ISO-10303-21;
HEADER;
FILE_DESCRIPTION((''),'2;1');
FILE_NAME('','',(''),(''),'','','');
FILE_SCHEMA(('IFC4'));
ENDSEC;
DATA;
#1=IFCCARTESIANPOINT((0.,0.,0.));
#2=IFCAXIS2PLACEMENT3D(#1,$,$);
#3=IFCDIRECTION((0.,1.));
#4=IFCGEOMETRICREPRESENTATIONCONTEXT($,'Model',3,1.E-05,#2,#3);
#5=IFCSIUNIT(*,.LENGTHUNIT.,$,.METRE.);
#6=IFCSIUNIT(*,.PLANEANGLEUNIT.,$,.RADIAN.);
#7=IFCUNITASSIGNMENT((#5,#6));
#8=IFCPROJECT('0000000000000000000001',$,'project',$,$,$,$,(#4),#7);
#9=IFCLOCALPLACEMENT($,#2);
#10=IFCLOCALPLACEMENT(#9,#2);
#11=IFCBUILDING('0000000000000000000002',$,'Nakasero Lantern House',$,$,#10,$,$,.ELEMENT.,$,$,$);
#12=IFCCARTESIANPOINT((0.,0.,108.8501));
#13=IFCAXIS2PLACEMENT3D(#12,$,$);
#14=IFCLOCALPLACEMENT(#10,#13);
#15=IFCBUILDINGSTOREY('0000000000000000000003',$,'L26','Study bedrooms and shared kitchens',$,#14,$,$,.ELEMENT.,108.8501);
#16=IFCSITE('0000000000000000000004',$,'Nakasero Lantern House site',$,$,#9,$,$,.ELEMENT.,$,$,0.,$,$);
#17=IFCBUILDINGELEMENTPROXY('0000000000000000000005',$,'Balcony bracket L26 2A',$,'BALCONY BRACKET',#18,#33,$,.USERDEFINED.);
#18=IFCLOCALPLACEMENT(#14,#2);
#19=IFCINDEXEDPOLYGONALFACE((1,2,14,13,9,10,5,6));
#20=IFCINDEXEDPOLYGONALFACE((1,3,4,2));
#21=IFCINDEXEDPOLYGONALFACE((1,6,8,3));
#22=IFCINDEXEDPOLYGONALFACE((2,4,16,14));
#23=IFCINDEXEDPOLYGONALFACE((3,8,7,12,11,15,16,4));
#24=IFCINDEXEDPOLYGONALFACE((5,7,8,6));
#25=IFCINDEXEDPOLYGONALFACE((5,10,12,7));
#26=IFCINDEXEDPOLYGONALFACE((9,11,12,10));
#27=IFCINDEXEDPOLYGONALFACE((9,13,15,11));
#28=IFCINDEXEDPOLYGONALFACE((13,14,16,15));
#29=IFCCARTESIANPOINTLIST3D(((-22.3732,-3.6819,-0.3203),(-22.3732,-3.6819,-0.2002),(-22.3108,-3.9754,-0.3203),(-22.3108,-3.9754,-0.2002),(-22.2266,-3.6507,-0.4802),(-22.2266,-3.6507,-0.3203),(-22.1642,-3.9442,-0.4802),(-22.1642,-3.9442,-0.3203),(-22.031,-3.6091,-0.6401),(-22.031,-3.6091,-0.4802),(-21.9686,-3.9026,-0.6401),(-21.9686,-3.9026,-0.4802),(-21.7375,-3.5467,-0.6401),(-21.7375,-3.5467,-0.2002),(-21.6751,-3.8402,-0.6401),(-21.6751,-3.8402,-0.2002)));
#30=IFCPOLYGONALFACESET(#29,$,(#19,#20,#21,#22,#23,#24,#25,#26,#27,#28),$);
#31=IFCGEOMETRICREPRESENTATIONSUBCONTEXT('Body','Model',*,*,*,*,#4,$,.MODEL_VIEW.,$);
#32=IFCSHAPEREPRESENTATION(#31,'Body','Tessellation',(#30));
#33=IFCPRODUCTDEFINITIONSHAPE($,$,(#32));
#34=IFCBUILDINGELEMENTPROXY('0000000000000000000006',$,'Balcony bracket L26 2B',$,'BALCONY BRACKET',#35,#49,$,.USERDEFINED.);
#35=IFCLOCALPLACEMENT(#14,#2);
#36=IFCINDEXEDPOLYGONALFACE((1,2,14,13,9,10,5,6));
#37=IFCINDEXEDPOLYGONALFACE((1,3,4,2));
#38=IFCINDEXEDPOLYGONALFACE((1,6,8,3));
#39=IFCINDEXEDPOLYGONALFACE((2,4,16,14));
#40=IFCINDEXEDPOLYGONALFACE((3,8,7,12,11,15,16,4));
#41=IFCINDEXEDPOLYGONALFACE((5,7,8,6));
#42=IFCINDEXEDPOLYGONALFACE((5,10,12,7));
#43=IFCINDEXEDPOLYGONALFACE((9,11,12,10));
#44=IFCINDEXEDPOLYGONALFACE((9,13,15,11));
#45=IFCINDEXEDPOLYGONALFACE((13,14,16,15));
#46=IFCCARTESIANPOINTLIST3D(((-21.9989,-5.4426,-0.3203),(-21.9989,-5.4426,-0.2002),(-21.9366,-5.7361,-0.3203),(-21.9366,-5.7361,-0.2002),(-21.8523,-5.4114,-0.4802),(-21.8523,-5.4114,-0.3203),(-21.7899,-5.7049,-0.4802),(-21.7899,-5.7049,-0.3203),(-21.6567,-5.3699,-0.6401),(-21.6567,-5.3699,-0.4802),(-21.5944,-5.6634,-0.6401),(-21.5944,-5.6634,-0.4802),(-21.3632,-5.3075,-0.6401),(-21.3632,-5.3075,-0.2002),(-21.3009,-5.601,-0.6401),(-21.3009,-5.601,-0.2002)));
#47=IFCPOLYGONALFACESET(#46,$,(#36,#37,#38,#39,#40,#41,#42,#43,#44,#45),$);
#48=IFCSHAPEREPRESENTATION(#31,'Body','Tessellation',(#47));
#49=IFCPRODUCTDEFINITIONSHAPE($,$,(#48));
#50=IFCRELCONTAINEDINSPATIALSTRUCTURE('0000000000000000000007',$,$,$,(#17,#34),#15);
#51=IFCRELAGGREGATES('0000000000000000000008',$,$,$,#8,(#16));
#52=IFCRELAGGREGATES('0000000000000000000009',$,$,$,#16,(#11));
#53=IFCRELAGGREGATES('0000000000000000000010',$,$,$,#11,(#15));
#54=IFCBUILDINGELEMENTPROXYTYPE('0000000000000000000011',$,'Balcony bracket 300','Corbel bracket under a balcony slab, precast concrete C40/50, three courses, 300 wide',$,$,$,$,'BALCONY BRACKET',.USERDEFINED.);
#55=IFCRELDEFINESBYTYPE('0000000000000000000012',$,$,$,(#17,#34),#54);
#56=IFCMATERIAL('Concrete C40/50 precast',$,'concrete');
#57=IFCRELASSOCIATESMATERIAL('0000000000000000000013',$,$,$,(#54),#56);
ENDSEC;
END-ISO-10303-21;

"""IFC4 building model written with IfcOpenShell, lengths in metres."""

from ifc_helpers import new_model, si_unit, direction, frame, origin, place, context, subcontext, project, spatial, polyline, outline, extrude, material, type_object, element, save


model = new_model("IFC4")

# Units and contexts
model_context = context("Model", 3, precision=1e-05, world=origin(), true_north=direction((0.0, 1.0)))
body_context = subcontext(model_context, "Body", "Model", "MODEL_VIEW")
ifc_project = project(units=[si_unit("LENGTHUNIT", "METRE"), si_unit("PLANEANGLEUNIT", "RADIAN")], contexts=[model_context])

# Site, building, storey
site_placement = place(None, origin())
site = spatial("IfcSite", under=ifc_project, at=site_placement, Name="Nakasero Lantern House site", CompositionType="ELEMENT", RefElevation=0.0)
building_placement = place(site_placement, origin())
building = spatial("IfcBuilding", under=site, at=building_placement, Name="Nakasero Lantern House", CompositionType="ELEMENT")
storey_placement = place(building_placement, frame((0.0, 0.0, 108.8501)))
storey = spatial("IfcBuildingStorey", under=building, at=storey_placement, Name="L26", Description="Study bedrooms and shared kitchens", CompositionType="ELEMENT", Elevation=108.8501)

# Building element proxies
ifc_material_1 = material(Name="Concrete C40/50 precast", Category="concrete")
building_element_proxy_type = type_object("IfcBuildingElementProxyType", Name="Balcony bracket 300", Description="Corbel bracket under a balcony slab, precast concrete C40/50, three courses, 300 wide", ElementType="BALCONY BRACKET", PredefinedType="USERDEFINED", material=ifc_material_1)
for number, where, z_axis, x_axis, name in (
    (1, (-21.7063, -3.6936, -0.2002), (0.0, 0.0, 1.0), (-0.978148, -0.207912, 0.0), "Balcony bracket L26 2A"),
    (2, (-21.332, -5.4543, -0.2002), (0.0, 0.0, 1.0), (-0.978148, -0.207912, 0.0), "Balcony bracket L26 2B"),
):
    element("IfcBuildingElementProxy", number, at=place(storey_placement, frame(where, z_axis=z_axis, x_axis=x_axis)), inside=storey, type_object=building_element_proxy_type, Name=name, ObjectType="BALCONY BRACKET", PredefinedType="USERDEFINED", context=body_context, shape_type="SweptSolid", body=[
        extrude(outline(polyline([(0.0, 0.0), (0.6499, 0.0), (0.6499, -0.1201), (0.5, -0.1201), (0.5, -0.28), (0.3, -0.28), (0.3, -0.4399), (0.0, -0.4399), (0.0, 0.0)])), frame((0.0, 0.1499, 0.0), z_axis=(0.0, -1.0, 0.0), x_axis=(1.0, 0.0, 0.0)), (0.0, 0.0, 1.0), 0.3),
    ])

save(model, "model.ifc")
